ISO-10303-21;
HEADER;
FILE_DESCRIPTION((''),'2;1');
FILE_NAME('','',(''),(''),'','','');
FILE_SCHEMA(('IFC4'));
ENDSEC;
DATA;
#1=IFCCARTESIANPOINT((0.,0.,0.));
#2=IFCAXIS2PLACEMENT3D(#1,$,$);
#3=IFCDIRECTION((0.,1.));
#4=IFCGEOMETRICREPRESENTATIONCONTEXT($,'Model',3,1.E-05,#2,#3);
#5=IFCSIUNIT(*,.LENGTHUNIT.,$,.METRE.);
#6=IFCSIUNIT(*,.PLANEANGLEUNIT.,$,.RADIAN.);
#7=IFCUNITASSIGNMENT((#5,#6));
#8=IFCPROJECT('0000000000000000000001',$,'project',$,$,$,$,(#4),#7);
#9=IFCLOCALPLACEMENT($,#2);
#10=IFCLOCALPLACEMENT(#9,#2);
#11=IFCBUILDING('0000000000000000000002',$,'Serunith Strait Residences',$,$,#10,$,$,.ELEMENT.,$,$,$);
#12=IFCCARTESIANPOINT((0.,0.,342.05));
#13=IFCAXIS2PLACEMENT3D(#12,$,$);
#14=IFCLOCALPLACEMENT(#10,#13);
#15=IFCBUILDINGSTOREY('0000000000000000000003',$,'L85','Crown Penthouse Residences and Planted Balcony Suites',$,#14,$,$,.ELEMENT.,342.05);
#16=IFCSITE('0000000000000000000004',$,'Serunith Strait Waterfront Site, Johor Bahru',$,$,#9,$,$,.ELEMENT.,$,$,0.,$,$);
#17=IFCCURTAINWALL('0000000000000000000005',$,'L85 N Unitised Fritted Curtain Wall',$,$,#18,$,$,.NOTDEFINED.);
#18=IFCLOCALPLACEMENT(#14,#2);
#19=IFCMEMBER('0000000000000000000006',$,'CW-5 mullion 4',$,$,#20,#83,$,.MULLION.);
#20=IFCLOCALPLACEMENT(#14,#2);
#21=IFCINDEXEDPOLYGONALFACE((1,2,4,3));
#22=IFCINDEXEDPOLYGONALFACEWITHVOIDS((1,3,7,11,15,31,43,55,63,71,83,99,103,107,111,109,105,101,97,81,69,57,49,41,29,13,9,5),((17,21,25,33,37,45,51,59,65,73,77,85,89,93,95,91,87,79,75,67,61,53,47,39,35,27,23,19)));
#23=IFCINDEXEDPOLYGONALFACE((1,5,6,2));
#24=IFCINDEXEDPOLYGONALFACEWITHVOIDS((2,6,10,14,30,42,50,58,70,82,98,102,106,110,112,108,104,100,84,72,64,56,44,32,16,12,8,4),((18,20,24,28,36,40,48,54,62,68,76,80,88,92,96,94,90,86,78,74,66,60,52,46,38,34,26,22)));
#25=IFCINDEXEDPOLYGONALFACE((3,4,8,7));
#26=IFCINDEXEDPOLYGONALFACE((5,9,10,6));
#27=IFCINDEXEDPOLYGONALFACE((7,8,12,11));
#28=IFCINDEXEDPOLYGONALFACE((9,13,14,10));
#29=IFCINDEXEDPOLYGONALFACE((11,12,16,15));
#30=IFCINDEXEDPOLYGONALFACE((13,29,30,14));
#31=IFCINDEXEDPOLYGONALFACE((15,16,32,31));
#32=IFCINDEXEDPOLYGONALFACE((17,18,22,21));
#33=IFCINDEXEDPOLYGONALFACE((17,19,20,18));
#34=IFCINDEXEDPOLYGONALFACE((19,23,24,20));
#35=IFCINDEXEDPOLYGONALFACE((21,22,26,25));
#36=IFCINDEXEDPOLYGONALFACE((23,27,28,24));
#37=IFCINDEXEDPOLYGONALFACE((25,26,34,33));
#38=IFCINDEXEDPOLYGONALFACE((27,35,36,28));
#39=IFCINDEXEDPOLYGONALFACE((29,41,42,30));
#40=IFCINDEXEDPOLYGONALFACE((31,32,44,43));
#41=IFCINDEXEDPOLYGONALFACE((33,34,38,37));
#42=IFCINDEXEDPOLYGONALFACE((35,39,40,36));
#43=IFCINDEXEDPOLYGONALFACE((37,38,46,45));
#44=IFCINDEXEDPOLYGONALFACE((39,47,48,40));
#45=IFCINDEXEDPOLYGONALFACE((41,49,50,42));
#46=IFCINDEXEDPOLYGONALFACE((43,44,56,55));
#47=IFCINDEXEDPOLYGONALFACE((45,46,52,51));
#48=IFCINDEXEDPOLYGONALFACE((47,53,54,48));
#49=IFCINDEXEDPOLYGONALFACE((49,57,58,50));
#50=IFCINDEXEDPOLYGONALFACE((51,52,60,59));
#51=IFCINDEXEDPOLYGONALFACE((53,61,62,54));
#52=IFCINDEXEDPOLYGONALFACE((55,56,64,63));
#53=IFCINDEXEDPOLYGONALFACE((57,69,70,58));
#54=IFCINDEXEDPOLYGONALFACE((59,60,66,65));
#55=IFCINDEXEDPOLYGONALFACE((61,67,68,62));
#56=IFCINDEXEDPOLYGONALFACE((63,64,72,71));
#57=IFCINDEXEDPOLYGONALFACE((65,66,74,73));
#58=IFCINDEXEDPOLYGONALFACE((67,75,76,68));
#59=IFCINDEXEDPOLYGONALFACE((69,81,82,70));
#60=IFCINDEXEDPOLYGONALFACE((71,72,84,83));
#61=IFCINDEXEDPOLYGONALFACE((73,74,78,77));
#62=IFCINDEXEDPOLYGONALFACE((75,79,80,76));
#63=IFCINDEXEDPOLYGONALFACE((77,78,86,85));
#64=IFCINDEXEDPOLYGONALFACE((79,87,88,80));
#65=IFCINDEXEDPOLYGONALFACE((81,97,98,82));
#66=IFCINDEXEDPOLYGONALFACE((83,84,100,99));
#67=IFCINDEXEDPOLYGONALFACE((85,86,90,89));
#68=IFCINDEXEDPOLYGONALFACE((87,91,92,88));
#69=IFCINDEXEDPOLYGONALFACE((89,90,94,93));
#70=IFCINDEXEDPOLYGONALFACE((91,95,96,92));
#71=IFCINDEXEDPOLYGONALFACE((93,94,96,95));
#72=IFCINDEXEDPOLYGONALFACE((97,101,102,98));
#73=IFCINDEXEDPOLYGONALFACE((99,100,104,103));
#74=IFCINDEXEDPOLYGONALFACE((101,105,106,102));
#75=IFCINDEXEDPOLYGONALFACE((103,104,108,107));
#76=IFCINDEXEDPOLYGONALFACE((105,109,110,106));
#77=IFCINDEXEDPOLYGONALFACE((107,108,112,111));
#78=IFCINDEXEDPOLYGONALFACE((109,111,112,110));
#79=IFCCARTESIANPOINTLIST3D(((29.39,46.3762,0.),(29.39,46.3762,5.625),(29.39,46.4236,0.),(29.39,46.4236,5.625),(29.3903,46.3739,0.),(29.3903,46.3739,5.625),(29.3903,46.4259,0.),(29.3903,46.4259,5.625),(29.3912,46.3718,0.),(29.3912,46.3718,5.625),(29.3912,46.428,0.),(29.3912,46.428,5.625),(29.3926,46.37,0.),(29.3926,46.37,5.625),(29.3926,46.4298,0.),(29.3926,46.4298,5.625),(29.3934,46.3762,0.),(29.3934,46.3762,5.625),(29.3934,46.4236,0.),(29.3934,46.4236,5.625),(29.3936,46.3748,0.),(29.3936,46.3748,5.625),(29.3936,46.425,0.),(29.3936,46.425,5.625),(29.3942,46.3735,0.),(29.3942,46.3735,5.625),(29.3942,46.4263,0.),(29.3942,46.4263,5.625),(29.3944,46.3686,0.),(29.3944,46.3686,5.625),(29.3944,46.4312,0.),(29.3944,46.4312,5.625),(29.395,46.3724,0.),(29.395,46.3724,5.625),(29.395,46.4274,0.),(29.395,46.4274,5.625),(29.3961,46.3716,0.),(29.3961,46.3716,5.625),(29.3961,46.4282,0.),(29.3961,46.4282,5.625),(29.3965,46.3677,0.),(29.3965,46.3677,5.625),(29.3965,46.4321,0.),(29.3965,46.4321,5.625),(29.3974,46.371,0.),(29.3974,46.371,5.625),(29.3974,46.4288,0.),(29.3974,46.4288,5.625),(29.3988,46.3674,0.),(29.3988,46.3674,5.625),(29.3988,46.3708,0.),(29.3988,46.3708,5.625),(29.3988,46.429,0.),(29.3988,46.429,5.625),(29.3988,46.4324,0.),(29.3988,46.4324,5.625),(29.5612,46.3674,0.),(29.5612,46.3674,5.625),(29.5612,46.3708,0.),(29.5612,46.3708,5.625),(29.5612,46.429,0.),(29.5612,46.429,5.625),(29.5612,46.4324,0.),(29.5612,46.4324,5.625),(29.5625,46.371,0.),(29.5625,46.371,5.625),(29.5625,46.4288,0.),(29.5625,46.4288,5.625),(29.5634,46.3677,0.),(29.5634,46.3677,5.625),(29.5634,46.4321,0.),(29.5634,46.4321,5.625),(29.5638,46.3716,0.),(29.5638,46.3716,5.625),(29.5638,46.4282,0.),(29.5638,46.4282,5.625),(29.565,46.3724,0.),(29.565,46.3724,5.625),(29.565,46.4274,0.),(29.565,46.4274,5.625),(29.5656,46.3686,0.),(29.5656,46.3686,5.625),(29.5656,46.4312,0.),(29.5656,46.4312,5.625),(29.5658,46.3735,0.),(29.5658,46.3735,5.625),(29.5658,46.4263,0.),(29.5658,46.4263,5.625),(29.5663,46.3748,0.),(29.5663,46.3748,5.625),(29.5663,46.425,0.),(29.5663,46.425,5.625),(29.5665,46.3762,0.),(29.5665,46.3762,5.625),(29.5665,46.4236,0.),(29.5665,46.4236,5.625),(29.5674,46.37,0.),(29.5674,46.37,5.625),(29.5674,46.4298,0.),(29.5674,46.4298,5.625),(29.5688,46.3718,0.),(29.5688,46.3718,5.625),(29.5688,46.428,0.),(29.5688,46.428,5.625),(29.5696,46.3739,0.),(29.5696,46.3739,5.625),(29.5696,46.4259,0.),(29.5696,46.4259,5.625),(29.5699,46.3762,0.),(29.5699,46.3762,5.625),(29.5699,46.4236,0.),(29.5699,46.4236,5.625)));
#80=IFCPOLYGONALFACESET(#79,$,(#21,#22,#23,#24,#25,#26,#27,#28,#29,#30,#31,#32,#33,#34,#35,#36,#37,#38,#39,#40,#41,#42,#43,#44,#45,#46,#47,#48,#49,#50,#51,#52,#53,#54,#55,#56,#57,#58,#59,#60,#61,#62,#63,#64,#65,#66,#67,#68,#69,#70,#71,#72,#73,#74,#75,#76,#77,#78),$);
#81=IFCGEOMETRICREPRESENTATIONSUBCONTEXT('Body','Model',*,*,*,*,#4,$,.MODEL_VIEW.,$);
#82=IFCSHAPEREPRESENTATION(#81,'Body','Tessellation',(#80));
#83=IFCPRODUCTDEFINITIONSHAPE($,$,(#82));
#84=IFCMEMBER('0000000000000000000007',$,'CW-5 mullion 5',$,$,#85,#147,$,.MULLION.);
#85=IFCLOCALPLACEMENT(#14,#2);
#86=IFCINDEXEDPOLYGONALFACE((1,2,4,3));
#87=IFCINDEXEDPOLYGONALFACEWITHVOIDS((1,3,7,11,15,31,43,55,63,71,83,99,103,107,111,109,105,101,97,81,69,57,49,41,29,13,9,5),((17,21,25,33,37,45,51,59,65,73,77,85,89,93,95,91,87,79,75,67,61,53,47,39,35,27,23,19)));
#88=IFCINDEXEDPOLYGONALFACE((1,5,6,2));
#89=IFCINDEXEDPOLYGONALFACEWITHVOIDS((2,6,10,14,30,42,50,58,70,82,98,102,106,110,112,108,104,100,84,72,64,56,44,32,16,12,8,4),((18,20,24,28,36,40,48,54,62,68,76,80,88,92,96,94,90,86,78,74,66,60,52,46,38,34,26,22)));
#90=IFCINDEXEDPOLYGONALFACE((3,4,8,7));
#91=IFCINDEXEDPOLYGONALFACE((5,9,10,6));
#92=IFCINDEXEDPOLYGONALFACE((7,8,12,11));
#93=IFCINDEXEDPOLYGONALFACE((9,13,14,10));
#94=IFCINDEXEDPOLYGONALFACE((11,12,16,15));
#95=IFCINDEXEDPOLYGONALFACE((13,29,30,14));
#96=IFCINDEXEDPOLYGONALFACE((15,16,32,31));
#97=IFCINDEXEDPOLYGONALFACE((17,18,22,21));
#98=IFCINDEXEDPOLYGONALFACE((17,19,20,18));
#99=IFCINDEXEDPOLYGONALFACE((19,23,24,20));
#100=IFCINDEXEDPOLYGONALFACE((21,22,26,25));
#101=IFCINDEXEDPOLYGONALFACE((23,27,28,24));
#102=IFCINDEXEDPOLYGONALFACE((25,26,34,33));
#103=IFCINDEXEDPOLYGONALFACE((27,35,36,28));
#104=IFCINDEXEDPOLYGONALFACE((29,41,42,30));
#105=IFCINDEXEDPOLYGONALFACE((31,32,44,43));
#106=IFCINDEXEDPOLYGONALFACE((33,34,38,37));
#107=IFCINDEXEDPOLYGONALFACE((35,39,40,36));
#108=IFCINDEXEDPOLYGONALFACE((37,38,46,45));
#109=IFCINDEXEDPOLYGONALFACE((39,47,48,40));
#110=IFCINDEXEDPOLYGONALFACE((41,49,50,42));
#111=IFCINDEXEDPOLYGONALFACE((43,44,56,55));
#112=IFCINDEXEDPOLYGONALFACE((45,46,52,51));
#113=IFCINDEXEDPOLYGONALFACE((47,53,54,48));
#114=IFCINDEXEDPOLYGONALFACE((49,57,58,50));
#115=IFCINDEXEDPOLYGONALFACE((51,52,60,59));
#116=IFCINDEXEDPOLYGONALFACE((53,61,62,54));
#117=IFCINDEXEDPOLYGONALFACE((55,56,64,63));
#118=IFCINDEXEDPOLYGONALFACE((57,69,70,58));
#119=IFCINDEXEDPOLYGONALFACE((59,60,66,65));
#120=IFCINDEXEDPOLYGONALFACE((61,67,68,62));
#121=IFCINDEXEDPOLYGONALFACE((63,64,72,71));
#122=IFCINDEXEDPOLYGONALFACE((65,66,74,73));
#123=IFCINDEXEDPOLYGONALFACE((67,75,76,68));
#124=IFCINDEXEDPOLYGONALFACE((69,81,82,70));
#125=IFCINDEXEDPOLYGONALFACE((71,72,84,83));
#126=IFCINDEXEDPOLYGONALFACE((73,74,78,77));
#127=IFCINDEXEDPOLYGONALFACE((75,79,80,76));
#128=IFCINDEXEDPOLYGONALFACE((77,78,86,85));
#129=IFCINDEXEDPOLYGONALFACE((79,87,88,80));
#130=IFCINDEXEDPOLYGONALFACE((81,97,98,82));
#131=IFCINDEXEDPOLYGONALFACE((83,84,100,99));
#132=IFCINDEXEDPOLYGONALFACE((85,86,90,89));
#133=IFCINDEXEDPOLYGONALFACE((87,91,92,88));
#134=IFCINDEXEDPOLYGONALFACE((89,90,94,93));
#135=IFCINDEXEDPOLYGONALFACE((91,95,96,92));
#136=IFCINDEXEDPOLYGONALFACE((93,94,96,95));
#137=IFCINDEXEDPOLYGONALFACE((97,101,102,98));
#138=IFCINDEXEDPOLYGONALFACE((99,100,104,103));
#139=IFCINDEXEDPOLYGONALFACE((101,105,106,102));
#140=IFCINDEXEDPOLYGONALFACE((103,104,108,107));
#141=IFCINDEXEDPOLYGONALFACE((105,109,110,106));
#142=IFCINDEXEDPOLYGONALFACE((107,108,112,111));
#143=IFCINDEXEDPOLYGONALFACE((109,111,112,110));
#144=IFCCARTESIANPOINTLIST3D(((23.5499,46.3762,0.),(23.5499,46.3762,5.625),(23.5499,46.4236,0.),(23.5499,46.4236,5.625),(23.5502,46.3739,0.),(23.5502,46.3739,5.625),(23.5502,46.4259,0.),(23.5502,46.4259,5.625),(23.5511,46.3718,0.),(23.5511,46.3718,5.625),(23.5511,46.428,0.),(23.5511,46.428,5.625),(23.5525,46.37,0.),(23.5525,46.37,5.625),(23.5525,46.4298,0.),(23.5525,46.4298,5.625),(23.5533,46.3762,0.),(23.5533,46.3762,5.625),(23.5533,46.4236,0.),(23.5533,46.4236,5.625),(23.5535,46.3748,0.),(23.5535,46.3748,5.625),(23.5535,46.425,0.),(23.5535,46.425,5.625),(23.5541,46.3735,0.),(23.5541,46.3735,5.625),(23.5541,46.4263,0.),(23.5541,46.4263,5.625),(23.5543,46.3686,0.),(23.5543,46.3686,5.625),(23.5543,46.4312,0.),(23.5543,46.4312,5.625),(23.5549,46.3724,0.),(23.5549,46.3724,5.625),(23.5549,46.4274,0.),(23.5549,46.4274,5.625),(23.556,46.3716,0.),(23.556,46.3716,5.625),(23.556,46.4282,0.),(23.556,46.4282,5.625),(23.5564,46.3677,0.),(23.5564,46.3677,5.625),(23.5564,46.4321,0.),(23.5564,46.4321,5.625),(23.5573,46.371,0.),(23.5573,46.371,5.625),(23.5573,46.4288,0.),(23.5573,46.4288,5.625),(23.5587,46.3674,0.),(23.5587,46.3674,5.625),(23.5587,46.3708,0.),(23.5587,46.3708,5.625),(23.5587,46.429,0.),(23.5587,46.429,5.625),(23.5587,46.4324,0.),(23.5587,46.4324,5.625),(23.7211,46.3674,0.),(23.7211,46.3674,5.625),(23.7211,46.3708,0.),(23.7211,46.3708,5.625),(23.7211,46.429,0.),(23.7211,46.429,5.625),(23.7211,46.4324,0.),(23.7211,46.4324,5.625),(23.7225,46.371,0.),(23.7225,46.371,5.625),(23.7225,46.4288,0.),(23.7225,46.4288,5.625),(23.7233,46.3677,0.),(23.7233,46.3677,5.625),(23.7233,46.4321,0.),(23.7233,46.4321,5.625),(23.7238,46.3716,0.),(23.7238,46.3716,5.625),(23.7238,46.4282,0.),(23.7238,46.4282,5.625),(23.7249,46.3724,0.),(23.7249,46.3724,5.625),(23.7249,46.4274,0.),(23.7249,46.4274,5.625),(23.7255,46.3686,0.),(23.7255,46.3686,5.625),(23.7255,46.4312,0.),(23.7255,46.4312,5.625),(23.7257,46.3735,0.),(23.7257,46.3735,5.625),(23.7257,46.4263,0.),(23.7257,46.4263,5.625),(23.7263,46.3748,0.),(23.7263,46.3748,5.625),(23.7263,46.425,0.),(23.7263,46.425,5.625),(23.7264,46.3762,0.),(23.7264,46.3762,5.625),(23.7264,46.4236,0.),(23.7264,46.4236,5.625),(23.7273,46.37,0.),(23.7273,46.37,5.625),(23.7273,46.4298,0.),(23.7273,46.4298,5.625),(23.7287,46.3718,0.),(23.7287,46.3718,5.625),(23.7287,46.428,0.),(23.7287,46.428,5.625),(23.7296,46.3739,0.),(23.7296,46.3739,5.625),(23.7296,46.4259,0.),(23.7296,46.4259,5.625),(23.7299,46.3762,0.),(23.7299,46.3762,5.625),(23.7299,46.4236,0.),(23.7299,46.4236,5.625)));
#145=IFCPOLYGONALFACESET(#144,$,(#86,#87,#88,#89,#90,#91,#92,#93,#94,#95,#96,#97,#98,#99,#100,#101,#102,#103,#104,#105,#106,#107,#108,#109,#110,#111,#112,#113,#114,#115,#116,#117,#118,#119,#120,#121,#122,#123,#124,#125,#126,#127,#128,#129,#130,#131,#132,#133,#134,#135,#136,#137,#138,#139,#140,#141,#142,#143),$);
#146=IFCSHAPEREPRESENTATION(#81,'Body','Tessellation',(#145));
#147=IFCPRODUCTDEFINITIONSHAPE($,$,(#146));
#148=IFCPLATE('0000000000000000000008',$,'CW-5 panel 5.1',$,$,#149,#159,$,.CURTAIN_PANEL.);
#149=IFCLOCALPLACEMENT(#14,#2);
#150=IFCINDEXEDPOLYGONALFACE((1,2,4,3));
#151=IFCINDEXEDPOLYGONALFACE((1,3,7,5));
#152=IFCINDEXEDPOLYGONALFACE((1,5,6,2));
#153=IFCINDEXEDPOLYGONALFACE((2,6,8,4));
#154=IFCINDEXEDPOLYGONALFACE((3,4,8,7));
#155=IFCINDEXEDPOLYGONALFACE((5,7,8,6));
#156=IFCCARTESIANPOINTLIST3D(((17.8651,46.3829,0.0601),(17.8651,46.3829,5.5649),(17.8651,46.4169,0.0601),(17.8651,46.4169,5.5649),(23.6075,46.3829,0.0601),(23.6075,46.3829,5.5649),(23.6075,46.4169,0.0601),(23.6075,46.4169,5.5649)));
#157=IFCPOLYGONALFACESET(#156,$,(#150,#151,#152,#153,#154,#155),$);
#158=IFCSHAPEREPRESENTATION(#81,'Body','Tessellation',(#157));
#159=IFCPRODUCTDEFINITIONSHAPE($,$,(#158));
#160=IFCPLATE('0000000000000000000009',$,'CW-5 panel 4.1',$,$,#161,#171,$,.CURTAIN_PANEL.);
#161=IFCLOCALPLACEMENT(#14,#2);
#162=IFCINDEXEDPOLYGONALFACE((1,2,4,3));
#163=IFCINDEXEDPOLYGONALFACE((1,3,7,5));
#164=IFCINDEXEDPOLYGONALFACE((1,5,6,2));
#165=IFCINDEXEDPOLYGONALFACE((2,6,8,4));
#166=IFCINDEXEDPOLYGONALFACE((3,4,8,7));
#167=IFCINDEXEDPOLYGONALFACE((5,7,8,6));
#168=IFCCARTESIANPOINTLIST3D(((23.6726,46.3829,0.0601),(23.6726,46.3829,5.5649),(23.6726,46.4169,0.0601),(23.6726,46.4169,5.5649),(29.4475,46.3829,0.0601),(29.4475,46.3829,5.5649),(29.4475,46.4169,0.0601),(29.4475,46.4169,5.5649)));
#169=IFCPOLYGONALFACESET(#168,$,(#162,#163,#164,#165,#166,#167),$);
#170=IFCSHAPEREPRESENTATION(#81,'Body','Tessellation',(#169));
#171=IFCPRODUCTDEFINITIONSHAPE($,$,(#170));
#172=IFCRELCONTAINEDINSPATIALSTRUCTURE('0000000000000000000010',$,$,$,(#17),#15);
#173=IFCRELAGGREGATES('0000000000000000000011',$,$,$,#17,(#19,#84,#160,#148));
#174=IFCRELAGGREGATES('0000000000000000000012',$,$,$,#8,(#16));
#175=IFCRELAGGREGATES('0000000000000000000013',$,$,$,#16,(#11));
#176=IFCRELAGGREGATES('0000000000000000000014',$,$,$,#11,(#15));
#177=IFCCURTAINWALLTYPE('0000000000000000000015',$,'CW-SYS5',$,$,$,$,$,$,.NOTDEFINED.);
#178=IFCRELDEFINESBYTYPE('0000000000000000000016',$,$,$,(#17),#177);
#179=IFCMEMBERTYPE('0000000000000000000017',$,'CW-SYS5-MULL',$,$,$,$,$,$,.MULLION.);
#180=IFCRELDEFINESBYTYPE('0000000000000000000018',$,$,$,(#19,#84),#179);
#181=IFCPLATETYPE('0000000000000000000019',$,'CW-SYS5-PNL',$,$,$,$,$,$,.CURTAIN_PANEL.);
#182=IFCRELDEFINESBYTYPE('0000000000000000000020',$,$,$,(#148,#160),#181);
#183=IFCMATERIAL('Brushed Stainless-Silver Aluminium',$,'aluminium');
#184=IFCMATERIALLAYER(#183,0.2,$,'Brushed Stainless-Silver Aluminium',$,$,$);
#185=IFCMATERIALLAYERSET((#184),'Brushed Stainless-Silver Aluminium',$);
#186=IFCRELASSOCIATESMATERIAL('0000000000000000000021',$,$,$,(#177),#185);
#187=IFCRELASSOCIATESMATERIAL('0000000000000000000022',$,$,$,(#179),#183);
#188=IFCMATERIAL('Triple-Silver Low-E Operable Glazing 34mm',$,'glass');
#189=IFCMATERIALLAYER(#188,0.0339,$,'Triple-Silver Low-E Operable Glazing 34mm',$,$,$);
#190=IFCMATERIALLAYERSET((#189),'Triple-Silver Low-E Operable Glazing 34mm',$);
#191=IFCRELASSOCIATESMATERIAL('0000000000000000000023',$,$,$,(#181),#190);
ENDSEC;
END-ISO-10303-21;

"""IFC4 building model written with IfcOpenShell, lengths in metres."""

from ifc_helpers import new_model, si_unit, direction, frame, origin, origin_2d, place, context, subcontext, project, spatial, rectangle, hollow_rectangle, extrude, source, transform, mapped, material, layer, layer_set, material_profile, profile_set, type_object, element, aggregate, save


model = new_model("IFC4")

# Units and contexts
model_context = context("Model", 3, precision=1e-05, world=origin(), true_north=direction((0.0, 1.0)))
body_context = subcontext(model_context, "Body", "Model", "MODEL_VIEW")
ifc_project = project(units=[si_unit("LENGTHUNIT", "METRE"), si_unit("PLANEANGLEUNIT", "RADIAN")], contexts=[model_context])

# Site, building, storey
site_placement = place(None, origin())
site = spatial("IfcSite", under=ifc_project, at=site_placement, Name="Serunith Strait Waterfront Site, Johor Bahru", CompositionType="ELEMENT", RefElevation=0.0)
building_placement = place(site_placement, origin())
building = spatial("IfcBuilding", under=site, at=building_placement, Name="Serunith Strait Residences", CompositionType="ELEMENT")
storey_placement = place(building_placement, frame((0.0, 0.0, 342.05)))
storey = spatial("IfcBuildingStorey", under=building, at=storey_placement, Name="L85", Description="Crown Penthouse Residences and Planted Balcony Suites", CompositionType="ELEMENT", Elevation=342.05)

# Curtain wall, members, plates
ifc_material_1 = material(Name="Brushed Stainless-Silver Aluminium", Category="aluminium")
ifc_layer_1 = layer(ifc_material_1, 0.2, Name="Brushed Stainless-Silver Aluminium")
ifc_layer_set_1 = layer_set([ifc_layer_1], Name="Brushed Stainless-Silver Aluminium")
curtain_wall_type = type_object("IfcCurtainWallType", Name="CW-SYS5", PredefinedType="NOTDEFINED", material=ifc_layer_set_1)
curtain_wall_placement = place(storey_placement, origin())
curtain_wall = element("IfcCurtainWall", 1, at=curtain_wall_placement, inside=storey, type_object=curtain_wall_type, Name="L85 N Unitised Fritted Curtain Wall", PredefinedType="NOTDEFINED")
ifc_material_profile_1 = material_profile(ifc_material_1, hollow_rectangle(XDim=0.0649, YDim=0.1799, WallThickness=0.0034, InnerFilletRadius=0.0054, OuterFilletRadius=0.0088, at=origin_2d()), Name="ALU 180x65x3.5")
ifc_profile_set_1 = profile_set([ifc_material_profile_1], Name="Brushed Stainless-Silver Aluminium")
member_type_1 = type_object("IfcMemberType", Name="CW-SYS5-MULL", PredefinedType="MULLION", material=ifc_profile_set_1)
shared_shape_1 = source(origin(), body_context, "Body", "SweptSolid", [
    extrude(hollow_rectangle(XDim=0.0649, YDim=0.1799, WallThickness=0.0034, InnerFilletRadius=0.0054, OuterFilletRadius=0.0088, at=origin_2d()), origin(), (0.0, 0.0, 1.0), 5.625),
])
member_1_placement = place(storey_placement, frame((29.48, 46.3999, 0.0), z_axis=(0.0, 0.0, 1.0), x_axis=(0.0, -1.0, 0.0)))
member_1 = element("IfcMember", 2, at=member_1_placement, type_object=member_type_1, Name="CW-5 mullion 4", PredefinedType="MULLION", context=body_context, shape_type="MappedRepresentation", body=[
    mapped(shared_shape_1, transform((0.0, 0.0, 0.0), scale=1.0)),
])
member_2_placement = place(storey_placement, frame((23.6399, 46.3999, 0.0), z_axis=(0.0, 0.0, 1.0), x_axis=(0.0, -1.0, 0.0)))
member_2 = element("IfcMember", 3, at=member_2_placement, type_object=member_type_1, Name="CW-5 mullion 5", PredefinedType="MULLION", context=body_context, shape_type="MappedRepresentation", body=[
    mapped(shared_shape_1, transform((0.0, 0.0, 0.0), scale=1.0)),
])
ifc_material_2 = material(Name="Triple-Silver Low-E Operable Glazing 34mm", Category="glass")
ifc_layer_2 = layer(ifc_material_2, 0.0339, Name="Triple-Silver Low-E Operable Glazing 34mm")
ifc_layer_set_2 = layer_set([ifc_layer_2], Name="Triple-Silver Low-E Operable Glazing 34mm")
plate_type = type_object("IfcPlateType", Name="CW-SYS5-PNL", PredefinedType="CURTAIN_PANEL", material=ifc_layer_set_2)
shared_shape_2 = source(origin(), body_context, "Body", "SweptSolid", [
    extrude(rectangle(XDim=5.7424, YDim=0.0339, at=origin_2d()), origin(), (0.0, 0.0, 1.0), 5.5049),
])
plate_1_placement = place(storey_placement, frame((20.7363, 46.3999, 0.0601), z_axis=(0.0, 0.0, 1.0), x_axis=(-1.0, 0.0, 0.0)))
plate_1 = element("IfcPlate", 4, at=plate_1_placement, type_object=plate_type, Name="CW-5 panel 5.1", PredefinedType="CURTAIN_PANEL", context=body_context, shape_type="MappedRepresentation", body=[
    mapped(shared_shape_2, transform((0.0, 0.0, 0.0), scale=1.0)),
])
shared_shape_3 = source(origin(), body_context, "Body", "SweptSolid", [
    extrude(rectangle(XDim=5.7749, YDim=0.0339, at=origin_2d()), origin(), (0.0, 0.0, 1.0), 5.5049),
])
plate_2_placement = place(storey_placement, frame((26.5601, 46.3999, 0.0601), z_axis=(0.0, 0.0, 1.0), x_axis=(-1.0, 0.0, 0.0)))
plate_2 = element("IfcPlate", 5, at=plate_2_placement, type_object=plate_type, Name="CW-5 panel 4.1", PredefinedType="CURTAIN_PANEL", context=body_context, shape_type="MappedRepresentation", body=[
    mapped(shared_shape_3, transform((0.0, 0.0, 0.0), scale=1.0)),
])
aggregate(curtain_wall, [member_1, member_2, plate_2, plate_1])

save(model, "model.ifc")
